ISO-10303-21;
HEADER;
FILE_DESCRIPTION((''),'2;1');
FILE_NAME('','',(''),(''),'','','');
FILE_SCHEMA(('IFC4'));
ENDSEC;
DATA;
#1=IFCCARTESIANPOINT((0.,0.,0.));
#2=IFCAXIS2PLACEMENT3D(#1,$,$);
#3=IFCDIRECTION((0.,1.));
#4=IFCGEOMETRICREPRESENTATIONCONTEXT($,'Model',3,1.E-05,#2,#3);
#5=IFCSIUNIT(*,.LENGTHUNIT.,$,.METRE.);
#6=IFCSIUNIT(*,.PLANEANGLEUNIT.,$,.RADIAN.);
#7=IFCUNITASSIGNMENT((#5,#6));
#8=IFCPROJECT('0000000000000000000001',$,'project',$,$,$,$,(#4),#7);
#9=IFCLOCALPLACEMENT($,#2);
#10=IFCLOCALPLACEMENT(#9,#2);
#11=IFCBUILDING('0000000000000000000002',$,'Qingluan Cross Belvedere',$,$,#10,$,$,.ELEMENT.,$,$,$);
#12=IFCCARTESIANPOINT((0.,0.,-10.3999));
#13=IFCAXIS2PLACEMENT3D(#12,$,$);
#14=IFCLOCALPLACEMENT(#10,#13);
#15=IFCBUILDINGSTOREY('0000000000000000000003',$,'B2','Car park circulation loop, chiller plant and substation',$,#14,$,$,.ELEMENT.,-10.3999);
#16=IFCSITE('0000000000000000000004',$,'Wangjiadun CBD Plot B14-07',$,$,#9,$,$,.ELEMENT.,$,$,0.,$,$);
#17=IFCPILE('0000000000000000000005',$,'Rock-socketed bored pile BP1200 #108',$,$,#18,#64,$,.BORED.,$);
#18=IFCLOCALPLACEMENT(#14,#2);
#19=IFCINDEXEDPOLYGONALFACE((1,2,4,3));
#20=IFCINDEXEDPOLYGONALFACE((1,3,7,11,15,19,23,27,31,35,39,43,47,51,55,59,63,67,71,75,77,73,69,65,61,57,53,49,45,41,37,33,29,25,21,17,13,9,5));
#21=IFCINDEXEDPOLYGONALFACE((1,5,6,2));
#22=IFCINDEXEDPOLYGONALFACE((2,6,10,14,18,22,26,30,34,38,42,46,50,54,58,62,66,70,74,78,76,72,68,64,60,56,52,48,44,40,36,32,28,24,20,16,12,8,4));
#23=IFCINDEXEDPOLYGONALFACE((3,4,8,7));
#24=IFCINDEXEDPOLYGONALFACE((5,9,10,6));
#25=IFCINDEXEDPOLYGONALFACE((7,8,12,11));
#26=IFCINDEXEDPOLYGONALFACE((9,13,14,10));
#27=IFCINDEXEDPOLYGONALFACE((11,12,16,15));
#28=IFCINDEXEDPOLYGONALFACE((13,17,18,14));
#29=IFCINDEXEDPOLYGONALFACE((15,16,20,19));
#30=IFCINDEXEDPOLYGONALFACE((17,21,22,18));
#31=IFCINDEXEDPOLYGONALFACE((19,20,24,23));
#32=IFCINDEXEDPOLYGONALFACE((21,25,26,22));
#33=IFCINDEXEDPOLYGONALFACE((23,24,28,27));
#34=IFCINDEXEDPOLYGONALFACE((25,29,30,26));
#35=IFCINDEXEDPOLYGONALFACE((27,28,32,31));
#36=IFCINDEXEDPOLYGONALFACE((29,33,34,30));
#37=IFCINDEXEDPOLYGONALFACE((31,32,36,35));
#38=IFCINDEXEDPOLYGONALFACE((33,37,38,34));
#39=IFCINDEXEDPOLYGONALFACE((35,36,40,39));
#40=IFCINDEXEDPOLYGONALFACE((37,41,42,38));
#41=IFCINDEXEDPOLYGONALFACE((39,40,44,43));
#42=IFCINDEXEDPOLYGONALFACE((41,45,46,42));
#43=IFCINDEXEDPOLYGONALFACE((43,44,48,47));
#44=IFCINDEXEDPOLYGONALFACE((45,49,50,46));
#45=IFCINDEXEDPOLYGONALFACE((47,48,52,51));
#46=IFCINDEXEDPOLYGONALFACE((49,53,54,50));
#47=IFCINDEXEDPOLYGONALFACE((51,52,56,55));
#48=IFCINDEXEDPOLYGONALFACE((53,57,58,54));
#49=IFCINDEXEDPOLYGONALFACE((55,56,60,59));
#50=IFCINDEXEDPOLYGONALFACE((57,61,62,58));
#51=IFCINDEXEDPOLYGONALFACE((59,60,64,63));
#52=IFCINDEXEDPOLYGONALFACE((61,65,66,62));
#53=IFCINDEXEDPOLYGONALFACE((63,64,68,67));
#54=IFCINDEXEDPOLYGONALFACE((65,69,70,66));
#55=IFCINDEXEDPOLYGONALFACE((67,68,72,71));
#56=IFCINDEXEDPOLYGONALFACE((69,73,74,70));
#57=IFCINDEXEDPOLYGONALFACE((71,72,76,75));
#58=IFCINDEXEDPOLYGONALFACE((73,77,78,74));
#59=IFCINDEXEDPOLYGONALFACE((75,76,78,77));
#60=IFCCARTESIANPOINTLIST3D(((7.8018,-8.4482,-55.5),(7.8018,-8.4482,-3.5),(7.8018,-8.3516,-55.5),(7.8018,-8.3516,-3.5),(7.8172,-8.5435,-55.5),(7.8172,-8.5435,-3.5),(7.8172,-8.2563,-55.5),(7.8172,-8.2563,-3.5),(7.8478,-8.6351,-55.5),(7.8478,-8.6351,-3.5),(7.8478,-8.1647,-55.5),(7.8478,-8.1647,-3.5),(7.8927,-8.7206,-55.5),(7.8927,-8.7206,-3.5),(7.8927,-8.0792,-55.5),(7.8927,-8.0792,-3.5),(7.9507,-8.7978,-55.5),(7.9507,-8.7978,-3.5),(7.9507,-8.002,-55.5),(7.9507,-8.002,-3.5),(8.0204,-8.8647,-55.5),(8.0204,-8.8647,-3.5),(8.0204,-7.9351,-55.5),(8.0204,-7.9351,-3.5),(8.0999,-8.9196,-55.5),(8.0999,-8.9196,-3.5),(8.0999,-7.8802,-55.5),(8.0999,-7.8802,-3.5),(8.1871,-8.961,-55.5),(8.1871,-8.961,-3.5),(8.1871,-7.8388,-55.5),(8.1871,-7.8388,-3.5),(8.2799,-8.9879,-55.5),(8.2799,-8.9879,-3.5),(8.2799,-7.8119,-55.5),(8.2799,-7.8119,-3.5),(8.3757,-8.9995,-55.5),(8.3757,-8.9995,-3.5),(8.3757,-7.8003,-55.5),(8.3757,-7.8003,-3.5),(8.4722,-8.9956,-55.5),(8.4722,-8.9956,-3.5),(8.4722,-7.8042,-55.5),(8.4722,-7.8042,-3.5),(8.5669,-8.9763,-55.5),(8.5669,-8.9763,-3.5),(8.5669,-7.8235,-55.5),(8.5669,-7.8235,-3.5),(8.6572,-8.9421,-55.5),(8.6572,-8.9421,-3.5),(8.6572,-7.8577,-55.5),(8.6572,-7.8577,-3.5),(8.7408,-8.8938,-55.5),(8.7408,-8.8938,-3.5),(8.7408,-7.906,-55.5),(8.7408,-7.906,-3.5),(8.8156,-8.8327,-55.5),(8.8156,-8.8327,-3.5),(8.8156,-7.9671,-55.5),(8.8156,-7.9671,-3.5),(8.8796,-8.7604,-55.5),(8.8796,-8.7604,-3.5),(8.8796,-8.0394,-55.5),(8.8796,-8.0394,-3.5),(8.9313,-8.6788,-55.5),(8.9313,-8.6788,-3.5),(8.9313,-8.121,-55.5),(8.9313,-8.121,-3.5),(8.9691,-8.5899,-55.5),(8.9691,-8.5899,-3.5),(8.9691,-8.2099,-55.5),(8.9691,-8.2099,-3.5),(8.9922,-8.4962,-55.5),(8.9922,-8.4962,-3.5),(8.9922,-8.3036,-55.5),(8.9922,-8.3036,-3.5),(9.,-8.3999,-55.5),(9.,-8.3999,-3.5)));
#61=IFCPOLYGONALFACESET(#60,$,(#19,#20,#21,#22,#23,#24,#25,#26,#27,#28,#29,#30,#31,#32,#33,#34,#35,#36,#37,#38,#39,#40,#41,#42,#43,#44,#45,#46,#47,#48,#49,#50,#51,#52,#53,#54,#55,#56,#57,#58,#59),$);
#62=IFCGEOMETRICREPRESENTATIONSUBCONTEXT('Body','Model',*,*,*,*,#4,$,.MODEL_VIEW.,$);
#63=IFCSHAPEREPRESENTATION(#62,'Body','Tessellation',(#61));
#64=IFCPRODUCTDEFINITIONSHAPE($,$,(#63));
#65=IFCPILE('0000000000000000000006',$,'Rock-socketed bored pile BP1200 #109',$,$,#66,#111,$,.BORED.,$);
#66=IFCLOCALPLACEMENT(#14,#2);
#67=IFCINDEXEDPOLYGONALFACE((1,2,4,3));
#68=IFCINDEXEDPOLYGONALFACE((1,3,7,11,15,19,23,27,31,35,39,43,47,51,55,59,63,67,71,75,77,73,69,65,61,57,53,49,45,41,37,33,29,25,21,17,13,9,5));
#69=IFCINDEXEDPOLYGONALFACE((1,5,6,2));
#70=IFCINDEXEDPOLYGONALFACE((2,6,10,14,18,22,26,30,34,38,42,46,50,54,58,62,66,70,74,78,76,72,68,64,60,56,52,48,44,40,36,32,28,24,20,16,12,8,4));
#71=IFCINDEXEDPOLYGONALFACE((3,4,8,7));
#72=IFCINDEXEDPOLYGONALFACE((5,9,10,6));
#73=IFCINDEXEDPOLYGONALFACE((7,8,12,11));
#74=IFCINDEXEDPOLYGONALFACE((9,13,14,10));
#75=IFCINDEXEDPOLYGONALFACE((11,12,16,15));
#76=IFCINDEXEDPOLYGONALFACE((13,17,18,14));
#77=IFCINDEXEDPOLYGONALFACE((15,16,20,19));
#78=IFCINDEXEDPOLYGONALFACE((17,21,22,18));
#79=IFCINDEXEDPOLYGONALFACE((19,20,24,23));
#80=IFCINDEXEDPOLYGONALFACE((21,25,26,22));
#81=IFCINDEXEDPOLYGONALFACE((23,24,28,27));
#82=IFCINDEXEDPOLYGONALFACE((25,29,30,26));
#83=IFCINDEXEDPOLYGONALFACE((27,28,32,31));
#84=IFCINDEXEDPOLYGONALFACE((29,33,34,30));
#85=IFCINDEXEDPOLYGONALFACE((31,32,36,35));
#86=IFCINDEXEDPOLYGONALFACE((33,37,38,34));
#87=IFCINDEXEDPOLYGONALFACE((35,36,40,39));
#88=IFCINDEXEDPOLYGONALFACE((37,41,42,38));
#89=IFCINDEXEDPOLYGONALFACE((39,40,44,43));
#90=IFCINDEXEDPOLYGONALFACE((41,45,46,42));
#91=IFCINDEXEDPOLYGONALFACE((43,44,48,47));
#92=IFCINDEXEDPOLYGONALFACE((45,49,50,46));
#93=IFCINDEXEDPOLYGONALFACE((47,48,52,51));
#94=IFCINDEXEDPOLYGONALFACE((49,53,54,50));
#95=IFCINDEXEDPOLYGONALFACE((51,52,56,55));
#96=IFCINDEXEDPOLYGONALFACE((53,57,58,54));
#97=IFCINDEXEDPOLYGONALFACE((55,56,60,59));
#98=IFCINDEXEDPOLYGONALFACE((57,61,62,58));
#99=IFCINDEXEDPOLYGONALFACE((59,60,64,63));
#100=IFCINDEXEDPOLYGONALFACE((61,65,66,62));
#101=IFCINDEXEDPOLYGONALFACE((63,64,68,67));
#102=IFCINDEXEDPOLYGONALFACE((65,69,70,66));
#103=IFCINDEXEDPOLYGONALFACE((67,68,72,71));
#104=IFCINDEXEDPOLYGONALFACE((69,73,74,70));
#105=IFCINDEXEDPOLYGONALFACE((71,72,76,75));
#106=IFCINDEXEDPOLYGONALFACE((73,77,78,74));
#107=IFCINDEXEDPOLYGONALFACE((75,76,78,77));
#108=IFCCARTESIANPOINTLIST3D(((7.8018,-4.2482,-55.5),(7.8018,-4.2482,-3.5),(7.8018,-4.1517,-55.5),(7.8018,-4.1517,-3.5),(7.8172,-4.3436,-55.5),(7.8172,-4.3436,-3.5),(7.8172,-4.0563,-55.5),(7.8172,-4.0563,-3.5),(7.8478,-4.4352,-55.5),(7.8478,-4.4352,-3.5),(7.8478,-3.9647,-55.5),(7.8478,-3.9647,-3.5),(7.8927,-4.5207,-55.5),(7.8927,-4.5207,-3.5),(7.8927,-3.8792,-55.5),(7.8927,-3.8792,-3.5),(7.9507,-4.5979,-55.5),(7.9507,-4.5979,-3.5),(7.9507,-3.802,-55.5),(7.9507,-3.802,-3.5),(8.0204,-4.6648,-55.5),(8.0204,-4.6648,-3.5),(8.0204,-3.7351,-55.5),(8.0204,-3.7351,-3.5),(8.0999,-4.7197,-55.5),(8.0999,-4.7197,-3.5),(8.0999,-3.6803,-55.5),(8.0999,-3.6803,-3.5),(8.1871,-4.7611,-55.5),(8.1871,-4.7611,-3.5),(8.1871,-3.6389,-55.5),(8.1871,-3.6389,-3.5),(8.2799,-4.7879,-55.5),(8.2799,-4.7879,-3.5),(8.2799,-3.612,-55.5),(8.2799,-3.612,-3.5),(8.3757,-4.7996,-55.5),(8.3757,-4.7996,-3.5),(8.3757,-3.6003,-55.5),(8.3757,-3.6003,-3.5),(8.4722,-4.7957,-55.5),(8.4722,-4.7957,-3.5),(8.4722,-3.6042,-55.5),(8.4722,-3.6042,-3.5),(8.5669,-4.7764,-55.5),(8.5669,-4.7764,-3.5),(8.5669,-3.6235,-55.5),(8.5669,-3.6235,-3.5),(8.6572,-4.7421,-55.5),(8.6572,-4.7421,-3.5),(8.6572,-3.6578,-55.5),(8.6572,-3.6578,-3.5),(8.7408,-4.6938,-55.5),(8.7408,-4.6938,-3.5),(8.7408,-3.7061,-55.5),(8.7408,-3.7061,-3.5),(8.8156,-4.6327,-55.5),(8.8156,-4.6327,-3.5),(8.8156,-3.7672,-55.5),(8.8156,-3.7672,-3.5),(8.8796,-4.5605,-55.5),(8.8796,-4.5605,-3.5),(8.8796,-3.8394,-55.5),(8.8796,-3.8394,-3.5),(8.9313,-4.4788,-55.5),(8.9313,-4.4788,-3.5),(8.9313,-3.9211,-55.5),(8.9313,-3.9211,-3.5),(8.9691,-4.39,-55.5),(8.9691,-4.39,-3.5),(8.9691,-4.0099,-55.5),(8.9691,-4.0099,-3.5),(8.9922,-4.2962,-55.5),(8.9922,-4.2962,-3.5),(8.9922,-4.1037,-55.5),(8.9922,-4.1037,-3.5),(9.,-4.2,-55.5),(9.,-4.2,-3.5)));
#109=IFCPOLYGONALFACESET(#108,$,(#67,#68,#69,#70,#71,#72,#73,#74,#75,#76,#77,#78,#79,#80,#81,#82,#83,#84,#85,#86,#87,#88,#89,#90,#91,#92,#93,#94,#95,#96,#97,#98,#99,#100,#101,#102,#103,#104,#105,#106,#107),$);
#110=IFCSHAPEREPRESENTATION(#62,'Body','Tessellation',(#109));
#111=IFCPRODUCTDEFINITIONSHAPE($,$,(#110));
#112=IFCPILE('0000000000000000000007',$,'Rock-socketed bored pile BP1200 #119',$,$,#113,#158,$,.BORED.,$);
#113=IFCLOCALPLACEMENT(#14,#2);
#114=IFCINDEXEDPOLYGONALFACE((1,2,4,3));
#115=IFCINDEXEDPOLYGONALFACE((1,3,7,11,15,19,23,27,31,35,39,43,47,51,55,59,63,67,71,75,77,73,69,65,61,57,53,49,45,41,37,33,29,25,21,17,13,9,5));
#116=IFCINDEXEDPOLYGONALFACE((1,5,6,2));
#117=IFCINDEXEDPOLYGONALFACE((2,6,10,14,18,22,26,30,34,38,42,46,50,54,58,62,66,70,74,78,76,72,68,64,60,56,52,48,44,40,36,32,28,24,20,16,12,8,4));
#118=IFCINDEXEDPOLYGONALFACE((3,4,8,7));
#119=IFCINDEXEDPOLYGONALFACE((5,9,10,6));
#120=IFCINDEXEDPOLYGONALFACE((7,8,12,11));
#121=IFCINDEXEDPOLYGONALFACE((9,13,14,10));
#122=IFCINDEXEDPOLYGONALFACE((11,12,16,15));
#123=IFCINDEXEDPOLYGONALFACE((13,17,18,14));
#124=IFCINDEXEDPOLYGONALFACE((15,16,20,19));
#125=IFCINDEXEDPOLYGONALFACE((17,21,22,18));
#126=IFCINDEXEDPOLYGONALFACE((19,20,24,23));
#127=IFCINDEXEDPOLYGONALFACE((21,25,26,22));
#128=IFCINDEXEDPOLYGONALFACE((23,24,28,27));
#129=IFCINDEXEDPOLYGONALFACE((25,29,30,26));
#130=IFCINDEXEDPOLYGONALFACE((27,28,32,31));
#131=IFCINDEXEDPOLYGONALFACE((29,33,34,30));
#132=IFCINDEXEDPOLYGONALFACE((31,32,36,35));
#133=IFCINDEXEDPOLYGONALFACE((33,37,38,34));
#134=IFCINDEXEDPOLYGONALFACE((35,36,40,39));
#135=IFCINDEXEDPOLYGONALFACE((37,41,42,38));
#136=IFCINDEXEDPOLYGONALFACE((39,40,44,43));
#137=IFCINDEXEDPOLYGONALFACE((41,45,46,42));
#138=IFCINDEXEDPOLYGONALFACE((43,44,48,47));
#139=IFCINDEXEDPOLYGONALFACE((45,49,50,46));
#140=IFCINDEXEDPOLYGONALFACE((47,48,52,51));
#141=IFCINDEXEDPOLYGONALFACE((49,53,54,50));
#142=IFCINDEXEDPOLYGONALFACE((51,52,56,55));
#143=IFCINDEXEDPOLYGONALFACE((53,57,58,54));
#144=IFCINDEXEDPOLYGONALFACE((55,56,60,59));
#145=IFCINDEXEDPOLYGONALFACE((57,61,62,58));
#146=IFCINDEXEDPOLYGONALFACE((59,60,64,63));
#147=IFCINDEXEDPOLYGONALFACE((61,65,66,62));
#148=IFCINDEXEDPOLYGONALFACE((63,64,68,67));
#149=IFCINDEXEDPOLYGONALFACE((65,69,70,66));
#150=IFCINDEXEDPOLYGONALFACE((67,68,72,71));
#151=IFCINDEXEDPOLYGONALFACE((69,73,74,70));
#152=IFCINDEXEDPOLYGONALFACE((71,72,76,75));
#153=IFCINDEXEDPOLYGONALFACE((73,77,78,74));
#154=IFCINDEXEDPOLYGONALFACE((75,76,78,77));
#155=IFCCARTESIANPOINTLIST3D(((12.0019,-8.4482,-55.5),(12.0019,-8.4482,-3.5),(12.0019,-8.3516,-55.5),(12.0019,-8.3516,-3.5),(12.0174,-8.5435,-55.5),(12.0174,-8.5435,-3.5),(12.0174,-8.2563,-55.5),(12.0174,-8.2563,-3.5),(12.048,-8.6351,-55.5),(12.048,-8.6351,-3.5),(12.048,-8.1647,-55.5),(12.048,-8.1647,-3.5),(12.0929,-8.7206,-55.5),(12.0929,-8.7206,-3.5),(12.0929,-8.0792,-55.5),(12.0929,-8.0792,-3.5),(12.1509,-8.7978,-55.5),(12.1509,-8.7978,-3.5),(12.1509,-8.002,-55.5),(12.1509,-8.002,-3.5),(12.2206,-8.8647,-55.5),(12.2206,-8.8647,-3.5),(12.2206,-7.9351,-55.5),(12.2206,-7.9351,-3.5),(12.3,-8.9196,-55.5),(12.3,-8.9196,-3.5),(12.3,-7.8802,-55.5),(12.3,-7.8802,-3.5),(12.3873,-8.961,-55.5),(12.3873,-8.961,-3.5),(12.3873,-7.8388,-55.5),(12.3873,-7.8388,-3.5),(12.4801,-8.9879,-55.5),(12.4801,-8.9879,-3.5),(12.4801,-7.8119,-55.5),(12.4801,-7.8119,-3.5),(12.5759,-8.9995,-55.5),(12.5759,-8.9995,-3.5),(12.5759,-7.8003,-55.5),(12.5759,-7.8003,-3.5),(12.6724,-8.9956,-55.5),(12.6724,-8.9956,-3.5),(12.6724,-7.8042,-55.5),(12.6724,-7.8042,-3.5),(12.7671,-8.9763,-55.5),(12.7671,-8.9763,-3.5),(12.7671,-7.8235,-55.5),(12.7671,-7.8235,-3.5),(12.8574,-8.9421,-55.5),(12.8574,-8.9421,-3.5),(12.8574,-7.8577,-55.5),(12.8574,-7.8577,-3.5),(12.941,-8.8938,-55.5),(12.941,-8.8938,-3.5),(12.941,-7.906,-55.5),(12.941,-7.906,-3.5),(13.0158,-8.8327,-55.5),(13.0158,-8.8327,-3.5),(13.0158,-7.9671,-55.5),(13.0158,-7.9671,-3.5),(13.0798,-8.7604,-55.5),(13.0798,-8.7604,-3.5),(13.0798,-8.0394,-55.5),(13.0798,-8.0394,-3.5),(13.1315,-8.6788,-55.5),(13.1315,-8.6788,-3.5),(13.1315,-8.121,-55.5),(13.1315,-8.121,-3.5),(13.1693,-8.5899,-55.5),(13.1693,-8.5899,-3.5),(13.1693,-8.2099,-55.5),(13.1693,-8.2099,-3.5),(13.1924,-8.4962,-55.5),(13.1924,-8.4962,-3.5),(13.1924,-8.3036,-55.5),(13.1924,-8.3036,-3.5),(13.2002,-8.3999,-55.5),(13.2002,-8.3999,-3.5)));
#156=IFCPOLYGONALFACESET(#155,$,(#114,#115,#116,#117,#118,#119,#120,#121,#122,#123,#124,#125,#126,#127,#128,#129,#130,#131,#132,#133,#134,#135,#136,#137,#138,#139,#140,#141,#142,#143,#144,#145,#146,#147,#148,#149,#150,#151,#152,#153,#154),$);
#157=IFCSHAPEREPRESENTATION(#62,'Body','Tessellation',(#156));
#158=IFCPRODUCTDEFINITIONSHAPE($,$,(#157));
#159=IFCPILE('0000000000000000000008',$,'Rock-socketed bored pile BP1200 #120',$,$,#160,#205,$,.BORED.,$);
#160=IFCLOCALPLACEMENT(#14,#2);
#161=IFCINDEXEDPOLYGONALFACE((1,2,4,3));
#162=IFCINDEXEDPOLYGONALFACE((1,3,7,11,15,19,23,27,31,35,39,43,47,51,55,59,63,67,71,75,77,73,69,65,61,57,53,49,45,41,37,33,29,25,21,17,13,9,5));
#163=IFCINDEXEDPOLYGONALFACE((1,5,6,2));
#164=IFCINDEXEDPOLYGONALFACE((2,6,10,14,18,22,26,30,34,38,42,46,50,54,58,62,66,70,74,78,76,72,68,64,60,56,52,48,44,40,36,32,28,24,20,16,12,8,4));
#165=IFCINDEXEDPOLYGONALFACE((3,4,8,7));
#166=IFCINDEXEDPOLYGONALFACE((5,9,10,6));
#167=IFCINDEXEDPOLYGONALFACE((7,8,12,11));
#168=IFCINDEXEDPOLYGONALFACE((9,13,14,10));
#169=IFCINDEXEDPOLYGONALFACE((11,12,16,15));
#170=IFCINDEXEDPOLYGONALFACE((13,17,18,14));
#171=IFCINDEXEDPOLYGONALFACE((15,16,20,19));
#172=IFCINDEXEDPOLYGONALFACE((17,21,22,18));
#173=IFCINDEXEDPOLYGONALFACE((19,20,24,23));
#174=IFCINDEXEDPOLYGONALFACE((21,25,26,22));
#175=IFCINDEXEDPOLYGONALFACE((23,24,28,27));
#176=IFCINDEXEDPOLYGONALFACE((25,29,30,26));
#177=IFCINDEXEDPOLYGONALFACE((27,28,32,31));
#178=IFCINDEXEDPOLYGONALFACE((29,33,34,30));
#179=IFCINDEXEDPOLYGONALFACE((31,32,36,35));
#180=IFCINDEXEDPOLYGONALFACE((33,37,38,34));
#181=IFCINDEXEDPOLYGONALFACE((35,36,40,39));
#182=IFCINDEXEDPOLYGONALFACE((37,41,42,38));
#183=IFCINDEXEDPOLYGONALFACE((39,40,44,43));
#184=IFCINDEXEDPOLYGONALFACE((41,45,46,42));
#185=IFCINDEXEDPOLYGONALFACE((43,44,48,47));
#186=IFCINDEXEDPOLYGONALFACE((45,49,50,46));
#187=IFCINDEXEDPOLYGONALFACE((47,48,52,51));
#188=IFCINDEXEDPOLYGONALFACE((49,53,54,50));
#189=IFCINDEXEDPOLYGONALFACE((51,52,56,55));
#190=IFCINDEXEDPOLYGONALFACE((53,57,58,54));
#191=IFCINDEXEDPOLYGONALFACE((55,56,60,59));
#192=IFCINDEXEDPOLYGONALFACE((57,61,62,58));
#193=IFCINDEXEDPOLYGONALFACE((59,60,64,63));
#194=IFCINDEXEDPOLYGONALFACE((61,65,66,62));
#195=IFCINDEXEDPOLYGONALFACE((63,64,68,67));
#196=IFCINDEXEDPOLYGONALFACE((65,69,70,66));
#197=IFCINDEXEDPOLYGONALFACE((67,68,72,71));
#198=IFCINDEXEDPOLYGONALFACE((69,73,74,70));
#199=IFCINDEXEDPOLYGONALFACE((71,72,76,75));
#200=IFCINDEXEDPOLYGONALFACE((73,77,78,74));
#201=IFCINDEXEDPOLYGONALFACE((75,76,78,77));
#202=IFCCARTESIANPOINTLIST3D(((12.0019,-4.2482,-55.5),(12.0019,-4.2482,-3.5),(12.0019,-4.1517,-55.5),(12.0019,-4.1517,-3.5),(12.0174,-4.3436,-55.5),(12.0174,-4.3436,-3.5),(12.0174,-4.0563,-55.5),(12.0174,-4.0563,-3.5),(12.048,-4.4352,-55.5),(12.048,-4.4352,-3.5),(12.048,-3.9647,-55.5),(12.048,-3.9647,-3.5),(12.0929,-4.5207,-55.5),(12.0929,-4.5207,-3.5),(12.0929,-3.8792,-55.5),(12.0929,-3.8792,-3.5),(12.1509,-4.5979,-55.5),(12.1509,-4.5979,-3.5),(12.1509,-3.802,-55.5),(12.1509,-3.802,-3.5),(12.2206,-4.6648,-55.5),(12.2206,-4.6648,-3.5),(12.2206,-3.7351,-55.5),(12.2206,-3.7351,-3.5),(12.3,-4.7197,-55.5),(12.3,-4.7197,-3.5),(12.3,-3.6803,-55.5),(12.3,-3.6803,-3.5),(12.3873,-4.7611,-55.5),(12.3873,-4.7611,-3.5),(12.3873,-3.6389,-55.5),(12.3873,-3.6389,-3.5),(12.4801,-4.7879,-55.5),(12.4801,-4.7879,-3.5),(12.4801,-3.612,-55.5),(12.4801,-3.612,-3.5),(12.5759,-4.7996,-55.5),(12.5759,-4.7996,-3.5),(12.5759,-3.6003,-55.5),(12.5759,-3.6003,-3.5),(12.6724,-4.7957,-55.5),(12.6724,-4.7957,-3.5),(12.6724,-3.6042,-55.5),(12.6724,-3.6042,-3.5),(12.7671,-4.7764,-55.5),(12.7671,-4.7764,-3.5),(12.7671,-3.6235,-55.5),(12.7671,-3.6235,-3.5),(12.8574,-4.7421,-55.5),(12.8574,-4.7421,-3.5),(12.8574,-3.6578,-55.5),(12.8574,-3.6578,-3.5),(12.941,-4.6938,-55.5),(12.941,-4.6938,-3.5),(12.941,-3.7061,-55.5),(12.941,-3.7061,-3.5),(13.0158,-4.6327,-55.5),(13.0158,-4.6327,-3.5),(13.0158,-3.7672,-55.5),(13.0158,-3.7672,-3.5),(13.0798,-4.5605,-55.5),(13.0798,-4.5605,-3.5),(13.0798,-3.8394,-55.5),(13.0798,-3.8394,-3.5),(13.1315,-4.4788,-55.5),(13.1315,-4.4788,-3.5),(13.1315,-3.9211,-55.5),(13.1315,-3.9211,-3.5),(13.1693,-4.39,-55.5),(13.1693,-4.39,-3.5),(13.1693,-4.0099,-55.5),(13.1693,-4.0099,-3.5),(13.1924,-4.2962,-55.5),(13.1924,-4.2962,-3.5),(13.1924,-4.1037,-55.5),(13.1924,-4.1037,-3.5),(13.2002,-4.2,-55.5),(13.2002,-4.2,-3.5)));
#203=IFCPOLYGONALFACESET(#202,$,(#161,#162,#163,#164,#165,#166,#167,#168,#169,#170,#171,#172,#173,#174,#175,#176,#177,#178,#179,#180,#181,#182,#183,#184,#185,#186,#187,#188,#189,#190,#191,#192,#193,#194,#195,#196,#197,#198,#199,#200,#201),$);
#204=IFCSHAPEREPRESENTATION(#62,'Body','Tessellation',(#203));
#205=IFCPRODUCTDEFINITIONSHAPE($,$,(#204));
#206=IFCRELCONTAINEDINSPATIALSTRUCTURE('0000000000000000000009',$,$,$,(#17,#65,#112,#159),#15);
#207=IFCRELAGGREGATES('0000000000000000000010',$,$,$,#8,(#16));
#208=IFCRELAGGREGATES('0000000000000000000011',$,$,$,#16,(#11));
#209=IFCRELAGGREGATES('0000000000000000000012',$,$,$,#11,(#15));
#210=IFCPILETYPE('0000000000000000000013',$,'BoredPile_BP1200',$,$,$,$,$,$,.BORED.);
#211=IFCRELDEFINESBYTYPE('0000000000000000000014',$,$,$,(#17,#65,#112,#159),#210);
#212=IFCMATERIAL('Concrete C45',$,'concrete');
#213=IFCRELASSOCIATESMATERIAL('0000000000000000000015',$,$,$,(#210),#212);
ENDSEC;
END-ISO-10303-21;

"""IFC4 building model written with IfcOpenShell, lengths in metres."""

from ifc_helpers import new_model, si_unit, direction, frame, origin, origin_2d, place, context, subcontext, project, spatial, circle, extrude, material, material_profile, profile_set, type_object, element, save


model = new_model("IFC4")

# Units and contexts
model_context = context("Model", 3, precision=1e-05, world=origin(), true_north=direction((0.0, 1.0)))
body_context = subcontext(model_context, "Body", "Model", "MODEL_VIEW")
ifc_project = project(units=[si_unit("LENGTHUNIT", "METRE"), si_unit("PLANEANGLEUNIT", "RADIAN")], contexts=[model_context])

# Site, building, storey
site_placement = place(None, origin())
site = spatial("IfcSite", under=ifc_project, at=site_placement, Name="Wangjiadun CBD Plot B14-07", CompositionType="ELEMENT", RefElevation=0.0)
building_placement = place(site_placement, origin())
building = spatial("IfcBuilding", under=site, at=building_placement, Name="Qingluan Cross Belvedere", CompositionType="ELEMENT")
storey_placement = place(building_placement, frame((0.0, 0.0, -10.3999)))
storey = spatial("IfcBuildingStorey", under=building, at=storey_placement, Name="B2", Description="Car park circulation loop, chiller plant and substation", CompositionType="ELEMENT", Elevation=-10.3999)

# Piles
ifc_material_1 = material(Name="Concrete C45", Category="concrete")
ifc_material_profile_1 = material_profile(ifc_material_1, circle(Radius=0.6001, at=origin_2d()), Name="BP1200")
ifc_profile_set_1 = profile_set([ifc_material_profile_1], Name="Concrete C45")
pile_type = type_object("IfcPileType", Name="BoredPile_BP1200", PredefinedType="BORED", material=ifc_profile_set_1)
for number, where, z_axis, x_axis, name in (
    (1, (8.3999, -8.3999, -3.5), (0.0, 0.0, -1.0), (1.0, 0.0, 0.0), "Rock-socketed bored pile BP1200 #108"),
    (2, (8.3999, -4.2, -3.5), (0.0, 0.0, -1.0), (1.0, 0.0, 0.0), "Rock-socketed bored pile BP1200 #109"),
    (3, (12.6001, -8.3999, -3.5), (0.0, 0.0, -1.0), (1.0, 0.0, 0.0), "Rock-socketed bored pile BP1200 #119"),
    (4, (12.6001, -4.2, -3.5), (0.0, 0.0, -1.0), (1.0, 0.0, 0.0), "Rock-socketed bored pile BP1200 #120"),
):
    element("IfcPile", number, at=place(storey_placement, frame(where, z_axis=z_axis, x_axis=x_axis)), inside=storey, type_object=pile_type, Name=name, PredefinedType="BORED", context=body_context, shape_type="SweptSolid", body=[
        extrude(circle(Radius=0.6001, at=origin_2d()), origin(), (0.0, 0.0, 1.0), 52.0),
    ])

save(model, "model.ifc")
